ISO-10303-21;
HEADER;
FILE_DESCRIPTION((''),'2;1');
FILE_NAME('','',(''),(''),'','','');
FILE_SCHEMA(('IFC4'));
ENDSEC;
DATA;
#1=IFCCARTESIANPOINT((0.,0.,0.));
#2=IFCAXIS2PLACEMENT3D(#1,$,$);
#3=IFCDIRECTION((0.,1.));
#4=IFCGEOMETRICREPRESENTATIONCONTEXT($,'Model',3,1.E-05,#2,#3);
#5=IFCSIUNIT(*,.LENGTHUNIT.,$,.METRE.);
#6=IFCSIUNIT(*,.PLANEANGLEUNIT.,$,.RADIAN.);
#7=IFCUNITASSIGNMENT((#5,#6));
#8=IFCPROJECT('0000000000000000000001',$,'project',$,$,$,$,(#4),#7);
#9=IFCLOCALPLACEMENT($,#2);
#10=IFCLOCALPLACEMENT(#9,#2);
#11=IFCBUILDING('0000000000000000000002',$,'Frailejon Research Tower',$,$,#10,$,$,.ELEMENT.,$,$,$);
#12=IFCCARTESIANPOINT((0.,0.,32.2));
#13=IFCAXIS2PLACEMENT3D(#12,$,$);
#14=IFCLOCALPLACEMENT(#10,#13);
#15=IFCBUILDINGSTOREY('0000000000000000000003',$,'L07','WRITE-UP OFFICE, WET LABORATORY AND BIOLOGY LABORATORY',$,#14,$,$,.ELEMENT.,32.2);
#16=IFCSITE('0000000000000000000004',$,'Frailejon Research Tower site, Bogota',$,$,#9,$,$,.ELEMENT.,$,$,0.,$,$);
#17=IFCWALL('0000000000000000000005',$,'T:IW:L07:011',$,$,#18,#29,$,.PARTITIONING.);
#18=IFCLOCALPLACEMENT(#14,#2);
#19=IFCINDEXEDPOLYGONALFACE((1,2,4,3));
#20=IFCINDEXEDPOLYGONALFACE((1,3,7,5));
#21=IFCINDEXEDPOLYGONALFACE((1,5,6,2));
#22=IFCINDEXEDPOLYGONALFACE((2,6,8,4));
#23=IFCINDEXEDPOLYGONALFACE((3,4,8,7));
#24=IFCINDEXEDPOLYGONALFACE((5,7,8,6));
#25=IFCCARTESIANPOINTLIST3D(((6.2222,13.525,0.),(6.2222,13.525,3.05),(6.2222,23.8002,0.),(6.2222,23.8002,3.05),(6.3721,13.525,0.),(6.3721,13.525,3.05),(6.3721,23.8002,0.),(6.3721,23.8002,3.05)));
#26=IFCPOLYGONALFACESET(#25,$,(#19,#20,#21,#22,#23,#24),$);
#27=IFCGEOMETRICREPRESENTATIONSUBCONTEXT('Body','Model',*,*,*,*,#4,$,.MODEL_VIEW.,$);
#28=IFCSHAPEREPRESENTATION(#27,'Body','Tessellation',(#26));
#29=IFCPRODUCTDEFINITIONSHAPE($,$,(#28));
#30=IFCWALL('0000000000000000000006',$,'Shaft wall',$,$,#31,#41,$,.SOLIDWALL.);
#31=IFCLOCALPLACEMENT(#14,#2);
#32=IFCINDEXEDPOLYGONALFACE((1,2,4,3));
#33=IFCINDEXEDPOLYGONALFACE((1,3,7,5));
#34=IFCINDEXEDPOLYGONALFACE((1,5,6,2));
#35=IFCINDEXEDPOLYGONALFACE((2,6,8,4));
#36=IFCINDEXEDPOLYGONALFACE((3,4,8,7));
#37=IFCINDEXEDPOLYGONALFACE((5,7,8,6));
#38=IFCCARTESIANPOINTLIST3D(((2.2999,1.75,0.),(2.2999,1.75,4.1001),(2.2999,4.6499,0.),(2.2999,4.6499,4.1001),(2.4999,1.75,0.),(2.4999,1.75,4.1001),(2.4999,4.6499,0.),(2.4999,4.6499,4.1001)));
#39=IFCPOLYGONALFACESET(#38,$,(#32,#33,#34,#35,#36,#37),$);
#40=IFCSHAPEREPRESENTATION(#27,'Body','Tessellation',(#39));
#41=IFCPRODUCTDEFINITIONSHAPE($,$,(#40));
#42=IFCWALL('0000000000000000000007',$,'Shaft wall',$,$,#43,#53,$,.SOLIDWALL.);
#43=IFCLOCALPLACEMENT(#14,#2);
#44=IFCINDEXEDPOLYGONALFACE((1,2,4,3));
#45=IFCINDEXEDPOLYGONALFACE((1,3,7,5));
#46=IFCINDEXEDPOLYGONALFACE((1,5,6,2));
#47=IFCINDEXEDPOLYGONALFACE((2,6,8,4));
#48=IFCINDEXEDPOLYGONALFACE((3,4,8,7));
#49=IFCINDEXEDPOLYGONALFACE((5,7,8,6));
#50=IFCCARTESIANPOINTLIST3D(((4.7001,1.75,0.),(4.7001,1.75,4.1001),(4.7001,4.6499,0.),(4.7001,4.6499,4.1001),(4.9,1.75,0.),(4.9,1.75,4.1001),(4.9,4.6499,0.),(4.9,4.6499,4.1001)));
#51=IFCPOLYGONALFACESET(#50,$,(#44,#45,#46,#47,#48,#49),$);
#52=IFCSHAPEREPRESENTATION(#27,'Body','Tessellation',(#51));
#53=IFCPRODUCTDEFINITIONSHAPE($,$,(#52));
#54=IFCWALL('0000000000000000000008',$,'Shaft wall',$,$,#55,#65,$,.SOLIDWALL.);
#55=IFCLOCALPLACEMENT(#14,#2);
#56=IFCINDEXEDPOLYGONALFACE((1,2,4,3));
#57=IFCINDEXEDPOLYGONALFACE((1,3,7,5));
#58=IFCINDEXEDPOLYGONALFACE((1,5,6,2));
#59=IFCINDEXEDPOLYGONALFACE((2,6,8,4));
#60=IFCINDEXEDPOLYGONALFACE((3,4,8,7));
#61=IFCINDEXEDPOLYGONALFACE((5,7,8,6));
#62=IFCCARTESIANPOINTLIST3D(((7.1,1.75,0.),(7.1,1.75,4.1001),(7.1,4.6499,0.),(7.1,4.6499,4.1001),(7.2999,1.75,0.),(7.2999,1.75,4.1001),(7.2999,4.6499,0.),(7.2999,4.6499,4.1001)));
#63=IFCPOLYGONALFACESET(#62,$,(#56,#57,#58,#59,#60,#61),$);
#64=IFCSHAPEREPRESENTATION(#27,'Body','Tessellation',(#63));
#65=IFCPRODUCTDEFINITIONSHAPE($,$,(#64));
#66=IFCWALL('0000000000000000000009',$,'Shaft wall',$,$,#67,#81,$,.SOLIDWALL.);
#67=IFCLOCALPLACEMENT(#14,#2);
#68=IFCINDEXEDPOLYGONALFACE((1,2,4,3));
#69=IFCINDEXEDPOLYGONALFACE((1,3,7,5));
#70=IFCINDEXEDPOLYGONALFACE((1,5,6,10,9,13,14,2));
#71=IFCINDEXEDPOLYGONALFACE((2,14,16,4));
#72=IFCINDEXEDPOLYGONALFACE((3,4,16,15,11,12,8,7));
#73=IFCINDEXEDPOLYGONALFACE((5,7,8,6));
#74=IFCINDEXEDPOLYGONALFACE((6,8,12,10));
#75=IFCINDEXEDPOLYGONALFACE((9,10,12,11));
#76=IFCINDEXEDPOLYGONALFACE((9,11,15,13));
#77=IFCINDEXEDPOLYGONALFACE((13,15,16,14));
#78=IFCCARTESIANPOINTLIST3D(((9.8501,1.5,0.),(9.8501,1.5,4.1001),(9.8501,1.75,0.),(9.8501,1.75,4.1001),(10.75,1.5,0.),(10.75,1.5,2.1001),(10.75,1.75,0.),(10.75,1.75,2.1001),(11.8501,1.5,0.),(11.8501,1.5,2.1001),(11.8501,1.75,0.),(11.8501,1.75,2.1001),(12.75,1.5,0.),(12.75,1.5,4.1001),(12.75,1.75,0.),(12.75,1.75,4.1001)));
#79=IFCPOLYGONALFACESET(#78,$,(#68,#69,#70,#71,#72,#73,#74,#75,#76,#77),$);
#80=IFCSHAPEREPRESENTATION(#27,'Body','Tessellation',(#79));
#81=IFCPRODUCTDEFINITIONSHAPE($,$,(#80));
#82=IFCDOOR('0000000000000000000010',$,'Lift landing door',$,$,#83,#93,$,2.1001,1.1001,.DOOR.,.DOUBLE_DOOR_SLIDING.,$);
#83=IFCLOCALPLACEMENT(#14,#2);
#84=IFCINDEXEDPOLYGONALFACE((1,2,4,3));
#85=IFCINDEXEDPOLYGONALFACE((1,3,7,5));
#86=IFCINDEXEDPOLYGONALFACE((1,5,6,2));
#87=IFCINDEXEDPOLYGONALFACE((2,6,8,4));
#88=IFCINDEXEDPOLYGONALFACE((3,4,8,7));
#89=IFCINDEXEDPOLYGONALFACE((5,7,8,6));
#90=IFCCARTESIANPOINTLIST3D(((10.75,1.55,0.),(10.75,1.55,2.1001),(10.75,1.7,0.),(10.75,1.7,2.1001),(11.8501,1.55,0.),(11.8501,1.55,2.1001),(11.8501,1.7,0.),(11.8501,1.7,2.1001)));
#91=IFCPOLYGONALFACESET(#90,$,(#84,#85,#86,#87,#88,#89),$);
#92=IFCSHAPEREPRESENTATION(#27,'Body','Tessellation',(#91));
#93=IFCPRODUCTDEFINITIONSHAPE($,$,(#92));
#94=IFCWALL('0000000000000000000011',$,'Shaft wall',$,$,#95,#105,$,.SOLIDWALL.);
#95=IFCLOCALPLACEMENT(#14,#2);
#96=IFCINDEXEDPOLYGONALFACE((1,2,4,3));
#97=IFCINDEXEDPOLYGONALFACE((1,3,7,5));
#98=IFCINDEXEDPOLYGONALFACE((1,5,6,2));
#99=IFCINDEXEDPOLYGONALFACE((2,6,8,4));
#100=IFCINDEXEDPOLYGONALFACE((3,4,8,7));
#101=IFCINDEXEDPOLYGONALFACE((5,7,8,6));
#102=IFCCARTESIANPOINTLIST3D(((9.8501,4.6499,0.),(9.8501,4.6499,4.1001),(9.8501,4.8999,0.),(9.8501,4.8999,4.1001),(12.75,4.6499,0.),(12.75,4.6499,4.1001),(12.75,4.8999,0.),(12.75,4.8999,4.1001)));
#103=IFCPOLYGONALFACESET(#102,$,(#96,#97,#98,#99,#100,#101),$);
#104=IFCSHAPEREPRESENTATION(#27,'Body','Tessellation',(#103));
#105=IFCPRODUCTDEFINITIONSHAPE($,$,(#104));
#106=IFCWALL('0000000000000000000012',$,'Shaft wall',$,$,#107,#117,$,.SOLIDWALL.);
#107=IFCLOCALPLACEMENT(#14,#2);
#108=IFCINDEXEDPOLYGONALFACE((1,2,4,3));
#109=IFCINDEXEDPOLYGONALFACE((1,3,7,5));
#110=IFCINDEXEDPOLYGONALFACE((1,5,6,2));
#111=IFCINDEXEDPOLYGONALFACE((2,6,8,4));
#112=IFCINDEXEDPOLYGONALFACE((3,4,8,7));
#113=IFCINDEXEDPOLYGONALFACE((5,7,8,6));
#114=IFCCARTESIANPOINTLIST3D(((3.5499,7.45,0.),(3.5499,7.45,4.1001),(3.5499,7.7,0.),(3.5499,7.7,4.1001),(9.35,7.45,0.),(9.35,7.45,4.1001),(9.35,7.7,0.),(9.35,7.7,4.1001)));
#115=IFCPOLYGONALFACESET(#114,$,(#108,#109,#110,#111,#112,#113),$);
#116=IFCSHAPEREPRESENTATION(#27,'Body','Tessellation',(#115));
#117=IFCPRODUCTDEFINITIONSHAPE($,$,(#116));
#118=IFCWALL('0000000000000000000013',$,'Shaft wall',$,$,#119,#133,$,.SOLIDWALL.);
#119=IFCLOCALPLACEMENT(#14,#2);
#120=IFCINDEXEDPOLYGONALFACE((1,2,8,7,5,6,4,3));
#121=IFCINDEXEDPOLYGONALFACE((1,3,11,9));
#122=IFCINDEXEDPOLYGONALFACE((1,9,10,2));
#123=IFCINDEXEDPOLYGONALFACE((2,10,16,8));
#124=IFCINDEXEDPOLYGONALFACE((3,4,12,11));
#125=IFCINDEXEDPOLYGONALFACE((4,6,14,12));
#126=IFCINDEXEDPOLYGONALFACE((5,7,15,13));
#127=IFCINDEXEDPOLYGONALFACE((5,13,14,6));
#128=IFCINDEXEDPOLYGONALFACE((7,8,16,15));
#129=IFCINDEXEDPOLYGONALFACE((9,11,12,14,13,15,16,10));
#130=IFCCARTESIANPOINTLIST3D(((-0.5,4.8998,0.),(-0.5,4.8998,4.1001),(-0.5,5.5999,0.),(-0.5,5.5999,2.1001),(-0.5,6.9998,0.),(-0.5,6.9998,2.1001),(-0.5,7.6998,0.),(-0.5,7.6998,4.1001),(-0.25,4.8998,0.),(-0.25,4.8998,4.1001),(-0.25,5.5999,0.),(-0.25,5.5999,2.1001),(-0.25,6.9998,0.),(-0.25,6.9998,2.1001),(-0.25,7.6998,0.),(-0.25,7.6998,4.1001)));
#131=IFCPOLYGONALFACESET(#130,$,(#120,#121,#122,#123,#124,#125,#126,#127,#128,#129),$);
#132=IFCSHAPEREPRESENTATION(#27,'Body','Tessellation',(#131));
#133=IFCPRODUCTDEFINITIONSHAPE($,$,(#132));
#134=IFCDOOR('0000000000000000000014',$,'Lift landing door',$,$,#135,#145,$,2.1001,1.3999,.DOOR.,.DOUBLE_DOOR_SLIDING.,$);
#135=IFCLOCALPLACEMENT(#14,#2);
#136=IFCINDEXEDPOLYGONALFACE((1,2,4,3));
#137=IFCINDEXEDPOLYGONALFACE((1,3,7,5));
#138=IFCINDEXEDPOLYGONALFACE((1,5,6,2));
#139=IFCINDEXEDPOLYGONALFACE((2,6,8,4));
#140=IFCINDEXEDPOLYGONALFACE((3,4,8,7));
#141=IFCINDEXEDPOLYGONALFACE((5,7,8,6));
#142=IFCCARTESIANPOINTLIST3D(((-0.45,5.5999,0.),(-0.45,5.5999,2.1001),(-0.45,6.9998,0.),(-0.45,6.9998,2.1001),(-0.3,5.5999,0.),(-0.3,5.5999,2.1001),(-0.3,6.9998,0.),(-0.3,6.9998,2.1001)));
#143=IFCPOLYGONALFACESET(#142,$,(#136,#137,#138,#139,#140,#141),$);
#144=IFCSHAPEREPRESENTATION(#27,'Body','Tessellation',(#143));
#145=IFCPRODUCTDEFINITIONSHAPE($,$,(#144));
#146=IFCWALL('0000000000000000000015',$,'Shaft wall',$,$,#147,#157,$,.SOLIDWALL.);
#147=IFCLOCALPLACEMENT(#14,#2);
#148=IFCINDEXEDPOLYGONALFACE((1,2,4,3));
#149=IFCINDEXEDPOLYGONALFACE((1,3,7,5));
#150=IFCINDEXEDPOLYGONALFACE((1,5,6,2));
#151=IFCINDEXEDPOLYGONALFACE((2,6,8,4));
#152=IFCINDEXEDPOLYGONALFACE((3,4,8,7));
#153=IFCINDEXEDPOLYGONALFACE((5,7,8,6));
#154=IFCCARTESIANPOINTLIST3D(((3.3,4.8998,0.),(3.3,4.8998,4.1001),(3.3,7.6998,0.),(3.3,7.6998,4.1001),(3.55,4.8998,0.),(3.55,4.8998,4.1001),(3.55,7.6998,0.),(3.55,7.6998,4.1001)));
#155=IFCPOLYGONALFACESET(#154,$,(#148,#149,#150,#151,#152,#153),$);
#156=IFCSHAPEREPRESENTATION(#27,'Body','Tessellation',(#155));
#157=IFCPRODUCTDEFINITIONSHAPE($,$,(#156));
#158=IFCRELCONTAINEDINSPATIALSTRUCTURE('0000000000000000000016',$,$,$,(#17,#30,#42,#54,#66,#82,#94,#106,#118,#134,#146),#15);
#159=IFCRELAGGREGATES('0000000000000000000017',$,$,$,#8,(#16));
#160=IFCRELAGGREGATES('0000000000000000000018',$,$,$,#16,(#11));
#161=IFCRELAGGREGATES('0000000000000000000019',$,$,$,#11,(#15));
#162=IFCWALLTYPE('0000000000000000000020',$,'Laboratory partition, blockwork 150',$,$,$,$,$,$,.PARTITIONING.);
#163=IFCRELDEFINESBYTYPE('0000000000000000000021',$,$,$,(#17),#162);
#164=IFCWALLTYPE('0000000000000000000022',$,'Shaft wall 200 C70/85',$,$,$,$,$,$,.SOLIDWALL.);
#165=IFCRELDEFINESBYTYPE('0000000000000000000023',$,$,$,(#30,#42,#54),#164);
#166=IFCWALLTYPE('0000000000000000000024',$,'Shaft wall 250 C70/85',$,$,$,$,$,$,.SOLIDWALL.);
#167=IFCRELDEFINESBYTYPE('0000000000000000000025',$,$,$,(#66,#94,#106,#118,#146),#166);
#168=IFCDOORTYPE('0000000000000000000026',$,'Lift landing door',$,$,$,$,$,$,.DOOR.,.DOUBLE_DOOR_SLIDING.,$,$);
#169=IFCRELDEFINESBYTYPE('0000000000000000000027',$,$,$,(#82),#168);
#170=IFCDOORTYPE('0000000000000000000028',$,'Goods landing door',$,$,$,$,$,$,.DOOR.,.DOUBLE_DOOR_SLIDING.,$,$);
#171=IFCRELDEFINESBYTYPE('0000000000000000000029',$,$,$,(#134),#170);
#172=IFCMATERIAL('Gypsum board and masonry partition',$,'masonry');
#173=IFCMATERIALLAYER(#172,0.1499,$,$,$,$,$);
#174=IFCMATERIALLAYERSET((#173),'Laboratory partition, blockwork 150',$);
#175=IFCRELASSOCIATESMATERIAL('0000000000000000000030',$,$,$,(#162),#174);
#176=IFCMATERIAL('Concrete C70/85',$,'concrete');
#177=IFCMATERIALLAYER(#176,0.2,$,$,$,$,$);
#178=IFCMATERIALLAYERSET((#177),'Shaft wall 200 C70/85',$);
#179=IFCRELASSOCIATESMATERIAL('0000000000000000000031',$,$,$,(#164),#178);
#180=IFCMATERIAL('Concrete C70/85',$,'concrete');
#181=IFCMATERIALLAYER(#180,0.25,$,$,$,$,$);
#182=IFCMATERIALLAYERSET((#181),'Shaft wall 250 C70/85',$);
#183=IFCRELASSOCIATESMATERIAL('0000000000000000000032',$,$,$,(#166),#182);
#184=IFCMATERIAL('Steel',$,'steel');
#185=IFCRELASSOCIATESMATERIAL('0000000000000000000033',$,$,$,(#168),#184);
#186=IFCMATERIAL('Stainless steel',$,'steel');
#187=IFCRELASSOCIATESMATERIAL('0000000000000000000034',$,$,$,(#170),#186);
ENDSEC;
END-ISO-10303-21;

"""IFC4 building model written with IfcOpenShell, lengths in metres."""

from ifc_helpers import new_model, si_unit, direction, frame, frame_2d, origin, place, context, subcontext, project, spatial, rectangle, extrude, material, layer, layer_set, type_object, element, fill, save


model = new_model("IFC4")

# Units and contexts
model_context = context("Model", 3, precision=1e-05, world=origin(), true_north=direction((0.0, 1.0)))
body_context = subcontext(model_context, "Body", "Model", "MODEL_VIEW")
ifc_project = project(units=[si_unit("LENGTHUNIT", "METRE"), si_unit("PLANEANGLEUNIT", "RADIAN")], contexts=[model_context])

# Site, building, storey
site_placement = place(None, origin())
site = spatial("IfcSite", under=ifc_project, at=site_placement, Name="Frailejon Research Tower site, Bogota", CompositionType="ELEMENT", RefElevation=0.0)
building_placement = place(site_placement, origin())
building = spatial("IfcBuilding", under=site, at=building_placement, Name="Frailejon Research Tower", CompositionType="ELEMENT")
storey_placement = place(building_placement, frame((0.0, 0.0, 32.2)))
storey = spatial("IfcBuildingStorey", under=building, at=storey_placement, Name="L07", Description="WRITE-UP OFFICE, WET LABORATORY AND BIOLOGY LABORATORY", CompositionType="ELEMENT", Elevation=32.2)

# Walls
ifc_material_1 = material(Name="Gypsum board and masonry partition", Category="masonry")
ifc_layer_1 = layer(ifc_material_1, 0.1499)
ifc_layer_set_1 = layer_set([ifc_layer_1], Name="Laboratory partition, blockwork 150")
wall_type_1 = type_object("IfcWallType", Name="Laboratory partition, blockwork 150", PredefinedType="PARTITIONING", material=ifc_layer_set_1)
wall_1_placement = place(storey_placement, frame((6.2971, 13.5249, 0.0), z_axis=(0.0, 0.0, 1.0), x_axis=(0.0, 1.0, 0.0)))
element("IfcWall", 1, at=wall_1_placement, inside=storey, type_object=wall_type_1, Name="T:IW:L07:011", PredefinedType="PARTITIONING", context=body_context, shape_type="SweptSolid", body=[
    extrude(rectangle(XDim=10.2751, YDim=0.1499, at=frame_2d((5.1377, 0.0))), origin(), (0.0, 0.0, 1.0), 3.05),
])
ifc_material_2 = material(Name="Concrete C70/85", Category="concrete")
ifc_layer_2 = layer(ifc_material_2, 0.2)
ifc_layer_set_2 = layer_set([ifc_layer_2], Name="Shaft wall 200 C70/85")
wall_type_2 = type_object("IfcWallType", Name="Shaft wall 200 C70/85", PredefinedType="SOLIDWALL", material=ifc_layer_set_2)
for number, where, z_axis, x_axis, name in (
    (2, (2.3999, 1.75, 0.0), (0.0, 0.0, 1.0), (0.0, 1.0, 0.0), "Shaft wall"),
    (3, (4.8, 1.75, 0.0), (0.0, 0.0, 1.0), (0.0, 1.0, 0.0), "Shaft wall"),
    (4, (7.2, 1.75, 0.0), (0.0, 0.0, 1.0), (0.0, 1.0, 0.0), "Shaft wall"),
):
    element("IfcWall", number, at=place(storey_placement, frame(where, z_axis=z_axis, x_axis=x_axis)), inside=storey, type_object=wall_type_2, Name=name, PredefinedType="SOLIDWALL", context=body_context, shape_type="SweptSolid", body=[
        extrude(rectangle(XDim=2.8999, YDim=0.2, at=frame_2d((1.45, 0.0))), origin(), (0.0, 0.0, 1.0), 4.1001),
    ])

# Wall, opening, door
ifc_material_3 = material(Name="Concrete C70/85", Category="concrete")
ifc_layer_3 = layer(ifc_material_3, 0.25)
ifc_layer_set_3 = layer_set([ifc_layer_3], Name="Shaft wall 250 C70/85")
wall_type_3 = type_object("IfcWallType", Name="Shaft wall 250 C70/85", PredefinedType="SOLIDWALL", material=ifc_layer_set_3)
wall_2_placement = place(storey_placement, frame((9.8501, 1.625, 0.0), z_axis=(0.0, 0.0, 1.0), x_axis=(1.0, 0.0, 0.0)))
wall_2 = element("IfcWall", 5, at=wall_2_placement, inside=storey, type_object=wall_type_3, Name="Shaft wall", PredefinedType="SOLIDWALL", context=body_context, shape_type="SweptSolid", body=[
    extrude(rectangle(XDim=2.8999, YDim=0.25, at=frame_2d((1.45, 0.0))), origin(), (0.0, 0.0, 1.0), 4.1001),
])
opening_1_placement = place(wall_2_placement, frame((0.8999, 0.0, 0.0)))
opening_1 = element("IfcOpeningElement", 6, at=opening_1_placement, cuts=wall_2, PredefinedType="OPENING", context=body_context, shape_type="SweptSolid", body=[
    extrude(rectangle(XDim=1.1001, YDim=2.1001, at=frame_2d((0.55, 1.05))), frame((0.0, 0.135, 0.0), z_axis=(0.0, -1.0, 0.0), x_axis=(1.0, 0.0, 0.0)), (0.0, 0.0, 1.0), 0.27),
])
ifc_material_4 = material(Name="Steel", Category="steel")
door_type_1 = type_object("IfcDoorType", Name="Lift landing door", OperationType="DOUBLE_DOOR_SLIDING", PredefinedType="DOOR", material=ifc_material_4)
door_1_placement = place(opening_1_placement, origin())
door_1 = element("IfcDoor", 7, at=door_1_placement, inside=storey, type_object=door_type_1, Name="Lift landing door", OperationType="DOUBLE_DOOR_SLIDING", OverallHeight=2.1001, OverallWidth=1.1001, PredefinedType="DOOR", context=body_context, shape_type="SweptSolid", body=[
    extrude(rectangle(XDim=1.1001, YDim=2.1001, at=frame_2d((0.55, 1.05))), frame((0.0, 0.075, 0.0), z_axis=(0.0, -1.0, 0.0), x_axis=(1.0, 0.0, 0.0)), (0.0, 0.0, 1.0), 0.1499),
])
fill(opening_1, door_1)

# Walls
wall_3_placement = place(storey_placement, frame((9.8501, 4.7749, 0.0), z_axis=(0.0, 0.0, 1.0), x_axis=(1.0, 0.0, 0.0)))
element("IfcWall", 8, at=wall_3_placement, inside=storey, type_object=wall_type_3, Name="Shaft wall", PredefinedType="SOLIDWALL", context=body_context, shape_type="SweptSolid", body=[
    extrude(rectangle(XDim=2.8999, YDim=0.25, at=frame_2d((1.45, 0.0))), origin(), (0.0, 0.0, 1.0), 4.1001),
])
wall_4_placement = place(storey_placement, frame((3.55, 7.575, 0.0), z_axis=(0.0, 0.0, 1.0), x_axis=(1.0, 0.0, 0.0)))
element("IfcWall", 9, at=wall_4_placement, inside=storey, type_object=wall_type_3, Name="Shaft wall", PredefinedType="SOLIDWALL", context=body_context, shape_type="SweptSolid", body=[
    extrude(rectangle(XDim=5.8, YDim=0.25, at=frame_2d((2.8999, 0.0))), origin(), (0.0, 0.0, 1.0), 4.1001),
])

# Wall, opening, door
wall_5_placement = place(storey_placement, frame((-0.375, 4.8999, 0.0), z_axis=(0.0, 0.0, 1.0), x_axis=(0.0, 1.0, 0.0)))
wall_5 = element("IfcWall", 10, at=wall_5_placement, inside=storey, type_object=wall_type_3, Name="Shaft wall", PredefinedType="SOLIDWALL", context=body_context, shape_type="SweptSolid", body=[
    extrude(rectangle(XDim=2.8, YDim=0.25, at=frame_2d((1.3999, 0.0))), origin(), (0.0, 0.0, 1.0), 4.1001),
])
opening_2_placement = place(wall_5_placement, frame((0.7, 0.0, 0.0)))
opening_2 = element("IfcOpeningElement", 11, at=opening_2_placement, cuts=wall_5, PredefinedType="OPENING", context=body_context, shape_type="SweptSolid", body=[
    extrude(rectangle(XDim=1.3999, YDim=2.1001, at=frame_2d((0.7, 1.05))), frame((0.0, 0.135, 0.0), z_axis=(0.0, -1.0, 0.0), x_axis=(1.0, 0.0, 0.0)), (0.0, 0.0, 1.0), 0.27),
])
ifc_material_5 = material(Name="Stainless steel", Category="steel")
door_type_2 = type_object("IfcDoorType", Name="Goods landing door", OperationType="DOUBLE_DOOR_SLIDING", PredefinedType="DOOR", material=ifc_material_5)
door_2_placement = place(opening_2_placement, origin())
door_2 = element("IfcDoor", 12, at=door_2_placement, inside=storey, type_object=door_type_2, Name="Lift landing door", OperationType="DOUBLE_DOOR_SLIDING", OverallHeight=2.1001, OverallWidth=1.3999, PredefinedType="DOOR", context=body_context, shape_type="SweptSolid", body=[
    extrude(rectangle(XDim=1.3999, YDim=2.1001, at=frame_2d((0.7, 1.05))), frame((0.0, 0.075, 0.0), z_axis=(0.0, -1.0, 0.0), x_axis=(1.0, 0.0, 0.0)), (0.0, 0.0, 1.0), 0.1499),
])
fill(opening_2, door_2)

# Wall
wall_6_placement = place(storey_placement, frame((3.425, 4.8999, 0.0), z_axis=(0.0, 0.0, 1.0), x_axis=(0.0, 1.0, 0.0)))
element("IfcWall", 13, at=wall_6_placement, inside=storey, type_object=wall_type_3, Name="Shaft wall", PredefinedType="SOLIDWALL", context=body_context, shape_type="SweptSolid", body=[
    extrude(rectangle(XDim=2.8, YDim=0.25, at=frame_2d((1.3999, 0.0))), origin(), (0.0, 0.0, 1.0), 4.1001),
])

save(model, "model.ifc")
